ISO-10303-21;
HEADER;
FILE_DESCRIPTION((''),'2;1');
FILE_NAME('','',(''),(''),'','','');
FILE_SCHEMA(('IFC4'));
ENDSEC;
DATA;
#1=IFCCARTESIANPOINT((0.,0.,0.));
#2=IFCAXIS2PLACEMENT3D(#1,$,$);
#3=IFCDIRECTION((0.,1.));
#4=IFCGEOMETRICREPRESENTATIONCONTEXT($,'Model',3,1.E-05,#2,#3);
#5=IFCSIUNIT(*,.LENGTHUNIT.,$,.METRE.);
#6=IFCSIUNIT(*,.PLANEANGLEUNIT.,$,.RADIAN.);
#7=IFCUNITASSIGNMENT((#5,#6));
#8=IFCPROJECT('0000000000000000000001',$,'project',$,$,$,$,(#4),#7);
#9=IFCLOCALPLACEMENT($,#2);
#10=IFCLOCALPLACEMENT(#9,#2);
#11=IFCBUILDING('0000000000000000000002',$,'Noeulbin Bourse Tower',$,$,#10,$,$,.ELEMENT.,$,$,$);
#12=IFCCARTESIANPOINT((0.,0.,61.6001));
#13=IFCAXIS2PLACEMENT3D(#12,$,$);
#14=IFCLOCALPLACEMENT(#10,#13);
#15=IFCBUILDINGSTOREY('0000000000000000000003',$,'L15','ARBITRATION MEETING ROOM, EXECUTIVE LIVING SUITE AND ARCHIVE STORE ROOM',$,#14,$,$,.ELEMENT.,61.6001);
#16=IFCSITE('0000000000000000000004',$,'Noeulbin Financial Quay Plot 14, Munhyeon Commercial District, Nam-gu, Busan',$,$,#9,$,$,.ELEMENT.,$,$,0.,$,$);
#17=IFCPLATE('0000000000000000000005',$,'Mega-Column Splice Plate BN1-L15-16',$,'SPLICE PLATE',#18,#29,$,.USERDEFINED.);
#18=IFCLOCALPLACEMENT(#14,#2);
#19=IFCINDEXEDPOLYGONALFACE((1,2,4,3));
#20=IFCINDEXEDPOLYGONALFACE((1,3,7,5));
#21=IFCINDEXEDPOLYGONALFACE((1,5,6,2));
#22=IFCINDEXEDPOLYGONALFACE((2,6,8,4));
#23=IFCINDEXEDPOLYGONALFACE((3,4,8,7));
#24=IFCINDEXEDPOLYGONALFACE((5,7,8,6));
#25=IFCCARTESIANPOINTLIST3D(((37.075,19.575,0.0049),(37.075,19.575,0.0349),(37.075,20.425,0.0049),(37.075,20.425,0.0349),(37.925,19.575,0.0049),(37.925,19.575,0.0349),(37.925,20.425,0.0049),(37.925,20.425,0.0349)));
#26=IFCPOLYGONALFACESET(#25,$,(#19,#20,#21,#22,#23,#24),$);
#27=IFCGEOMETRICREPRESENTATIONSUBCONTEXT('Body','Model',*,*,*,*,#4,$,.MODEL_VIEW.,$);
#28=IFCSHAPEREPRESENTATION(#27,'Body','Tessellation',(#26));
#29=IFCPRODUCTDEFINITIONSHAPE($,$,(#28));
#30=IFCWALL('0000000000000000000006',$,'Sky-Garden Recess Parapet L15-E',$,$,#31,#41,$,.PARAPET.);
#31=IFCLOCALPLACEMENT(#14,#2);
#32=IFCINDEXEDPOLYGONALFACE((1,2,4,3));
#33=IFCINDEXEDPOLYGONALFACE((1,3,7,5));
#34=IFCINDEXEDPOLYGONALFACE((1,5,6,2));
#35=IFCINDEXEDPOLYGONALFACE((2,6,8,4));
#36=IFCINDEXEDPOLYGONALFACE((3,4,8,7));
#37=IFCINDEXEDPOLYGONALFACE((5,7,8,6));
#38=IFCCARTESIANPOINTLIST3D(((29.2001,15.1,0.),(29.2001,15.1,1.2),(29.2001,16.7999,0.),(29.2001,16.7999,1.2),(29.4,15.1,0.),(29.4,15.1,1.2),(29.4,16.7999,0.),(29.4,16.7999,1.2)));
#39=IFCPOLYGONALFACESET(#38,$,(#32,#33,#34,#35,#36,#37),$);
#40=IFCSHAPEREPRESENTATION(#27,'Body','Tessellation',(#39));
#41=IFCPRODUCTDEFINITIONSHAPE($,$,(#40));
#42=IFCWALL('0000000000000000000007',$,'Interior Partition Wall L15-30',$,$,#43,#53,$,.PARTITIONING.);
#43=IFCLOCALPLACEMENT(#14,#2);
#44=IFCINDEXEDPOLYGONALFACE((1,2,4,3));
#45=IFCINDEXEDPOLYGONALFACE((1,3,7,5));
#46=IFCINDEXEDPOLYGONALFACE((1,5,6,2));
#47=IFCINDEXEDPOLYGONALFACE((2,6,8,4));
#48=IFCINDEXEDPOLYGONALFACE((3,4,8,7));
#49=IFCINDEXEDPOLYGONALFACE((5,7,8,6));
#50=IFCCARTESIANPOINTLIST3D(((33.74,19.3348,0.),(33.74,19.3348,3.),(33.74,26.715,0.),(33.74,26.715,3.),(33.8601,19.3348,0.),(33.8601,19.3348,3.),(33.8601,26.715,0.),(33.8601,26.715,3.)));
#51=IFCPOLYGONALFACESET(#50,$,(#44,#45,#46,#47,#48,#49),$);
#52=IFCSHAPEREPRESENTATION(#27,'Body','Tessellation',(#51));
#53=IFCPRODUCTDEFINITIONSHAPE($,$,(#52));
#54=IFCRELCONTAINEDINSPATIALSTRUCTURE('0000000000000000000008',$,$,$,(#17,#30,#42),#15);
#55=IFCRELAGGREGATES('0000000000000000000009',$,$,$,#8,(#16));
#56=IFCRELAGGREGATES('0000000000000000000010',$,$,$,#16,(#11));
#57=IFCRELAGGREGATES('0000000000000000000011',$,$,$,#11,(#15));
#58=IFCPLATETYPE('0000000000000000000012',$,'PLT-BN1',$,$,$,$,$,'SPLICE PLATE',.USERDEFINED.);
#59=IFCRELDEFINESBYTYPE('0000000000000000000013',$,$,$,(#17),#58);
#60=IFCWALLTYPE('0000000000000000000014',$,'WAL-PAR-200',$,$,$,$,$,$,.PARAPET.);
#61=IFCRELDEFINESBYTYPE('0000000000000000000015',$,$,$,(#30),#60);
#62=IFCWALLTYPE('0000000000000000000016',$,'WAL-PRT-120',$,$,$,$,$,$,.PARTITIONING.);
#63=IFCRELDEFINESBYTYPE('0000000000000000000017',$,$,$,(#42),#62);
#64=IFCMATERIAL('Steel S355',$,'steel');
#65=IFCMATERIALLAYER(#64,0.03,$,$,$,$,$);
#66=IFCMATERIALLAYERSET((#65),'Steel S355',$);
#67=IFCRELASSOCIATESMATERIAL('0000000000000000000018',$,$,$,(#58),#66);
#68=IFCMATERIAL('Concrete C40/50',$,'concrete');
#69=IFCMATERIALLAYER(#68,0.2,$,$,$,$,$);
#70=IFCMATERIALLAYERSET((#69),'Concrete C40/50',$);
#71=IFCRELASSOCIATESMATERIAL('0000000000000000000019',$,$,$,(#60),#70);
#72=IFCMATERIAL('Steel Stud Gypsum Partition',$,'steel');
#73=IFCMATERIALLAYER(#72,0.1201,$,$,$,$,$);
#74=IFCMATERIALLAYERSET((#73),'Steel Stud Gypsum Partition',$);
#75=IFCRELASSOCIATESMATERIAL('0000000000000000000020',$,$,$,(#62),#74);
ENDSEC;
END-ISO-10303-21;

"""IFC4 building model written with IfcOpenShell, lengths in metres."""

from ifc_helpers import new_model, si_unit, direction, frame, frame_2d, origin, origin_2d, place, context, subcontext, project, spatial, rectangle, extrude, material, layer, layer_set, type_object, element, save


model = new_model("IFC4")

# Units and contexts
model_context = context("Model", 3, precision=1e-05, world=origin(), true_north=direction((0.0, 1.0)))
body_context = subcontext(model_context, "Body", "Model", "MODEL_VIEW")
ifc_project = project(units=[si_unit("LENGTHUNIT", "METRE"), si_unit("PLANEANGLEUNIT", "RADIAN")], contexts=[model_context])

# Site, building, storey
site_placement = place(None, origin())
site = spatial("IfcSite", under=ifc_project, at=site_placement, Name="Noeulbin Financial Quay Plot 14, Munhyeon Commercial District, Nam-gu, Busan", CompositionType="ELEMENT", RefElevation=0.0)
building_placement = place(site_placement, origin())
building = spatial("IfcBuilding", under=site, at=building_placement, Name="Noeulbin Bourse Tower", CompositionType="ELEMENT")
storey_placement = place(building_placement, frame((0.0, 0.0, 61.6001)))
storey = spatial("IfcBuildingStorey", under=building, at=storey_placement, Name="L15", Description="ARBITRATION MEETING ROOM, EXECUTIVE LIVING SUITE AND ARCHIVE STORE ROOM", CompositionType="ELEMENT", Elevation=61.6001)

# Shared definitions
ifc_material_1 = material(Name="Steel S355", Category="steel")

# Plate
ifc_layer_1 = layer(ifc_material_1, 0.03)
ifc_layer_set_1 = layer_set([ifc_layer_1], Name="Steel S355")
plate_type = type_object("IfcPlateType", Name="PLT-BN1", ElementType="SPLICE PLATE", PredefinedType="USERDEFINED", material=ifc_layer_set_1)
for number, where, z_axis, x_axis, name in (
    (1, (37.5, 20.0, 0.0049), (0.0, 0.0, 1.0), (1.0, 0.0, 0.0), "Mega-Column Splice Plate BN1-L15-16"),
):
    element("IfcPlate", number, at=place(storey_placement, frame(where, z_axis=z_axis, x_axis=x_axis)), inside=storey, type_object=plate_type, Name=name, ObjectType="SPLICE PLATE", PredefinedType="USERDEFINED", context=body_context, shape_type="SweptSolid", body=[
        extrude(rectangle(XDim=0.8501, YDim=0.8501, at=origin_2d()), origin(), (0.0, 0.0, 1.0), 0.03),
    ])

# Walls
ifc_material_2 = material(Name="Concrete C40/50", Category="concrete")
ifc_layer_2 = layer(ifc_material_2, 0.2)
ifc_layer_set_2 = layer_set([ifc_layer_2], Name="Concrete C40/50")
wall_type_1 = type_object("IfcWallType", Name="WAL-PAR-200", PredefinedType="PARAPET", material=ifc_layer_set_2)
wall_1_placement = place(storey_placement, frame((29.3, 16.8, 0.0), z_axis=(0.0, 0.0, 1.0), x_axis=(0.0, -1.0, 0.0)))
element("IfcWall", 2, at=wall_1_placement, inside=storey, type_object=wall_type_1, Name="Sky-Garden Recess Parapet L15-E", PredefinedType="PARAPET", context=body_context, shape_type="SweptSolid", body=[
    extrude(rectangle(XDim=1.7, YDim=0.2, at=frame_2d((0.8501, 0.0))), origin(), (0.0, 0.0, 1.0), 1.2),
])
ifc_material_3 = material(Name="Steel Stud Gypsum Partition", Category="steel")
ifc_layer_3 = layer(ifc_material_3, 0.1201)
ifc_layer_set_3 = layer_set([ifc_layer_3], Name="Steel Stud Gypsum Partition")
wall_type_2 = type_object("IfcWallType", Name="WAL-PRT-120", PredefinedType="PARTITIONING", material=ifc_layer_set_3)
wall_2_placement = place(storey_placement, frame((33.8, 19.335, 0.0), z_axis=(0.0, 0.0, 1.0), x_axis=(0.0, 1.0, 0.0)))
element("IfcWall", 3, at=wall_2_placement, inside=storey, type_object=wall_type_2, Name="Interior Partition Wall L15-30", PredefinedType="PARTITIONING", context=body_context, shape_type="SweptSolid", body=[
    extrude(rectangle(XDim=7.3801, YDim=0.1201, at=frame_2d((3.6899, 0.0))), origin(), (0.0, 0.0, 1.0), 3.0),
])

save(model, "model.ifc")
